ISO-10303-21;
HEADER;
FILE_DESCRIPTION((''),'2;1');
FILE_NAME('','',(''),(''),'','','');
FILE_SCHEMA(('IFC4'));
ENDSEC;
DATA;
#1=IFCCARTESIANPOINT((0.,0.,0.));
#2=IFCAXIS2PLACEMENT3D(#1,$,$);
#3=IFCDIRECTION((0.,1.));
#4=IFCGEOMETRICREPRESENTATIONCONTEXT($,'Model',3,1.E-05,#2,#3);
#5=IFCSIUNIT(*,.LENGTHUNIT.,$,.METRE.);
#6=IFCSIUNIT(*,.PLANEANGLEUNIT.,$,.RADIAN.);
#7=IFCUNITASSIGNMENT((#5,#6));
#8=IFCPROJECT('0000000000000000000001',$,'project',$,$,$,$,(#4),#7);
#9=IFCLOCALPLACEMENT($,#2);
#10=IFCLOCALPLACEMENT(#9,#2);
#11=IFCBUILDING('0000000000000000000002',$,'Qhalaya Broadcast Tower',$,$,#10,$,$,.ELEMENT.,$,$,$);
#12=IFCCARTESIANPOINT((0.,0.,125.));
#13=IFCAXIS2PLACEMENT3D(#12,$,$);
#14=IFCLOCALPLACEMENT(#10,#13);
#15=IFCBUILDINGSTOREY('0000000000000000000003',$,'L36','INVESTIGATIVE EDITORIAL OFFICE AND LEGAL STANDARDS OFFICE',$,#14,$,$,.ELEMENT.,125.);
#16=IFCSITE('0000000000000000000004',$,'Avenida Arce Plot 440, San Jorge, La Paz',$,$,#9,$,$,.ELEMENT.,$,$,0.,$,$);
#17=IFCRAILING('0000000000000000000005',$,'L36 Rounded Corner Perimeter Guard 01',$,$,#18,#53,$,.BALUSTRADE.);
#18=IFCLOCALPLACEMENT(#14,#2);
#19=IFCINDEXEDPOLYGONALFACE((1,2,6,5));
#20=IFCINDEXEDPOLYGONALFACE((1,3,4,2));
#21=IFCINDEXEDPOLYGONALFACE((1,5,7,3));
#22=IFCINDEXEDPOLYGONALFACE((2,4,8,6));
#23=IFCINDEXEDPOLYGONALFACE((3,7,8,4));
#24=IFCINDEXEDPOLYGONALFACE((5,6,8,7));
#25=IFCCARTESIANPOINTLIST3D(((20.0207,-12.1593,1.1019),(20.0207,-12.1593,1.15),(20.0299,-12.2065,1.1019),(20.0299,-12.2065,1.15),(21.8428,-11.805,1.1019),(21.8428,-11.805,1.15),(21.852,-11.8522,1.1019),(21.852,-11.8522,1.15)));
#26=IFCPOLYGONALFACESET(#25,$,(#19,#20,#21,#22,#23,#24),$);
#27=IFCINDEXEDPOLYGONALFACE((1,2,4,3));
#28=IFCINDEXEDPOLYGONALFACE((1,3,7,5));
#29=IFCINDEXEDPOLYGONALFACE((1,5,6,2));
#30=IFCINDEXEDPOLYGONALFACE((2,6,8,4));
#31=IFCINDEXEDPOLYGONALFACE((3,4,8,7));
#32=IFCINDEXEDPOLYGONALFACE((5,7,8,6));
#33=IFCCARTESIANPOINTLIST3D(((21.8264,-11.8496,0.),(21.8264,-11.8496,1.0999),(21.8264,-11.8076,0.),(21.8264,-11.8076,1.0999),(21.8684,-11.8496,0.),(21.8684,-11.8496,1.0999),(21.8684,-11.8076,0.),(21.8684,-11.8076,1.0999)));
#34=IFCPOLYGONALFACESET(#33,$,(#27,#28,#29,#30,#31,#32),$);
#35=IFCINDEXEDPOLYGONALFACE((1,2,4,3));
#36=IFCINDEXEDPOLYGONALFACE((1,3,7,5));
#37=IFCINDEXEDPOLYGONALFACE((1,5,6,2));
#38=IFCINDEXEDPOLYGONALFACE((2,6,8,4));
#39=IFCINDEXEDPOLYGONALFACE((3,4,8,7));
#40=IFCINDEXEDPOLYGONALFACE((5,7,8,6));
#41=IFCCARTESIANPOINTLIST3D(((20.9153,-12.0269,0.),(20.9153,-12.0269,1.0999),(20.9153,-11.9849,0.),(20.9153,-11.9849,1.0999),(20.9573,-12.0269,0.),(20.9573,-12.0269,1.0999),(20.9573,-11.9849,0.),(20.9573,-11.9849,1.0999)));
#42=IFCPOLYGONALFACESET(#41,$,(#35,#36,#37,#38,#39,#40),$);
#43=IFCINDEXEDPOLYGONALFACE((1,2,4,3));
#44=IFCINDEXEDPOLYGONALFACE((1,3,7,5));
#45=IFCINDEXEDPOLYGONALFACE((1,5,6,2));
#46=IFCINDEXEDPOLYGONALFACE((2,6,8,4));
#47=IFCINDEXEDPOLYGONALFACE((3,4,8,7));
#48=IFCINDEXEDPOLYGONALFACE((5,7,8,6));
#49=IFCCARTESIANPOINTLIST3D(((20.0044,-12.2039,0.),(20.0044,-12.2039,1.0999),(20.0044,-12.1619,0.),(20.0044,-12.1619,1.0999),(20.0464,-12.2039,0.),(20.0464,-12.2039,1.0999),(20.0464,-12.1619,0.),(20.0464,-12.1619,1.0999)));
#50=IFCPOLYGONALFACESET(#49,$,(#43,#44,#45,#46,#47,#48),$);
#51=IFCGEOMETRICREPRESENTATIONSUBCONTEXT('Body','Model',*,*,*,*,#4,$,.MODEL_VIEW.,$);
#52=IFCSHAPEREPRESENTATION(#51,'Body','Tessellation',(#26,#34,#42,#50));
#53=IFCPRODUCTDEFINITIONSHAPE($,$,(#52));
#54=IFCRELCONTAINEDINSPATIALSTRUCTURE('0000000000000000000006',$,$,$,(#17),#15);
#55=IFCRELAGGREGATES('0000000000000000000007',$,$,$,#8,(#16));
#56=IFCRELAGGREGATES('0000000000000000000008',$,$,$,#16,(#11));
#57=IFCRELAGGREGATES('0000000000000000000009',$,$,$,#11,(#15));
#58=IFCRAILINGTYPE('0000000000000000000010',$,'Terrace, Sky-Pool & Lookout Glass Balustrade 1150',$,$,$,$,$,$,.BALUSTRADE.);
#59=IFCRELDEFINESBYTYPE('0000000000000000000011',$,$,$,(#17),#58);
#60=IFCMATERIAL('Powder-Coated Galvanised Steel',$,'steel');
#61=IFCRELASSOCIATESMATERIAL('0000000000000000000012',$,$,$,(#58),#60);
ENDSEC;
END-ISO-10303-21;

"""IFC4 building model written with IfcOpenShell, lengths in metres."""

from ifc_helpers import new_model, si_unit, direction, frame, origin, origin_2d, place, context, subcontext, project, spatial, rectangle, extrude, material, type_object, element, save


model = new_model("IFC4")

# Units and contexts
model_context = context("Model", 3, precision=1e-05, world=origin(), true_north=direction((0.0, 1.0)))
body_context = subcontext(model_context, "Body", "Model", "MODEL_VIEW")
ifc_project = project(units=[si_unit("LENGTHUNIT", "METRE"), si_unit("PLANEANGLEUNIT", "RADIAN")], contexts=[model_context])

# Site, building, storey
site_placement = place(None, origin())
site = spatial("IfcSite", under=ifc_project, at=site_placement, Name="Avenida Arce Plot 440, San Jorge, La Paz", CompositionType="ELEMENT", RefElevation=0.0)
building_placement = place(site_placement, origin())
building = spatial("IfcBuilding", under=site, at=building_placement, Name="Qhalaya Broadcast Tower", CompositionType="ELEMENT")
storey_placement = place(building_placement, frame((0.0, 0.0, 125.0)))
storey = spatial("IfcBuildingStorey", under=building, at=storey_placement, Name="L36", Description="INVESTIGATIVE EDITORIAL OFFICE AND LEGAL STANDARDS OFFICE", CompositionType="ELEMENT", Elevation=125.0)

# Railing
ifc_material_1 = material(Name="Powder-Coated Galvanised Steel", Category="steel")
railing_type = type_object("IfcRailingType", Name="Terrace, Sky-Pool & Lookout Glass Balustrade 1150", PredefinedType="BALUSTRADE", material=ifc_material_1)
railing_placement = place(storey_placement, frame((21.8474, -11.8286, 0.0)))
element("IfcRailing", 1, at=railing_placement, inside=storey, type_object=railing_type, Name="L36 Rounded Corner Perimeter Guard 01", PredefinedType="BALUSTRADE", context=body_context, shape_type="SweptSolid", body=[
    extrude(rectangle(XDim=0.0481, YDim=0.0481, at=origin_2d()), frame((0.0, 0.0, 1.126), z_axis=(-0.981619, -0.190852, 0.0), x_axis=(0.190852, -0.981619, 0.0)), (0.0, 0.0, 1.0), 1.8562),
    extrude(rectangle(XDim=0.042, YDim=0.042, at=origin_2d()), origin(), (0.0, 0.0, 1.0), 1.0999),
    extrude(rectangle(XDim=0.042, YDim=0.042, at=origin_2d()), frame((-0.9111, -0.1772, 0.0)), (0.0, 0.0, 1.0), 1.0999),
    extrude(rectangle(XDim=0.042, YDim=0.042, at=origin_2d()), frame((-1.822, -0.3542, 0.0)), (0.0, 0.0, 1.0), 1.0999),
])

save(model, "model.ifc")
